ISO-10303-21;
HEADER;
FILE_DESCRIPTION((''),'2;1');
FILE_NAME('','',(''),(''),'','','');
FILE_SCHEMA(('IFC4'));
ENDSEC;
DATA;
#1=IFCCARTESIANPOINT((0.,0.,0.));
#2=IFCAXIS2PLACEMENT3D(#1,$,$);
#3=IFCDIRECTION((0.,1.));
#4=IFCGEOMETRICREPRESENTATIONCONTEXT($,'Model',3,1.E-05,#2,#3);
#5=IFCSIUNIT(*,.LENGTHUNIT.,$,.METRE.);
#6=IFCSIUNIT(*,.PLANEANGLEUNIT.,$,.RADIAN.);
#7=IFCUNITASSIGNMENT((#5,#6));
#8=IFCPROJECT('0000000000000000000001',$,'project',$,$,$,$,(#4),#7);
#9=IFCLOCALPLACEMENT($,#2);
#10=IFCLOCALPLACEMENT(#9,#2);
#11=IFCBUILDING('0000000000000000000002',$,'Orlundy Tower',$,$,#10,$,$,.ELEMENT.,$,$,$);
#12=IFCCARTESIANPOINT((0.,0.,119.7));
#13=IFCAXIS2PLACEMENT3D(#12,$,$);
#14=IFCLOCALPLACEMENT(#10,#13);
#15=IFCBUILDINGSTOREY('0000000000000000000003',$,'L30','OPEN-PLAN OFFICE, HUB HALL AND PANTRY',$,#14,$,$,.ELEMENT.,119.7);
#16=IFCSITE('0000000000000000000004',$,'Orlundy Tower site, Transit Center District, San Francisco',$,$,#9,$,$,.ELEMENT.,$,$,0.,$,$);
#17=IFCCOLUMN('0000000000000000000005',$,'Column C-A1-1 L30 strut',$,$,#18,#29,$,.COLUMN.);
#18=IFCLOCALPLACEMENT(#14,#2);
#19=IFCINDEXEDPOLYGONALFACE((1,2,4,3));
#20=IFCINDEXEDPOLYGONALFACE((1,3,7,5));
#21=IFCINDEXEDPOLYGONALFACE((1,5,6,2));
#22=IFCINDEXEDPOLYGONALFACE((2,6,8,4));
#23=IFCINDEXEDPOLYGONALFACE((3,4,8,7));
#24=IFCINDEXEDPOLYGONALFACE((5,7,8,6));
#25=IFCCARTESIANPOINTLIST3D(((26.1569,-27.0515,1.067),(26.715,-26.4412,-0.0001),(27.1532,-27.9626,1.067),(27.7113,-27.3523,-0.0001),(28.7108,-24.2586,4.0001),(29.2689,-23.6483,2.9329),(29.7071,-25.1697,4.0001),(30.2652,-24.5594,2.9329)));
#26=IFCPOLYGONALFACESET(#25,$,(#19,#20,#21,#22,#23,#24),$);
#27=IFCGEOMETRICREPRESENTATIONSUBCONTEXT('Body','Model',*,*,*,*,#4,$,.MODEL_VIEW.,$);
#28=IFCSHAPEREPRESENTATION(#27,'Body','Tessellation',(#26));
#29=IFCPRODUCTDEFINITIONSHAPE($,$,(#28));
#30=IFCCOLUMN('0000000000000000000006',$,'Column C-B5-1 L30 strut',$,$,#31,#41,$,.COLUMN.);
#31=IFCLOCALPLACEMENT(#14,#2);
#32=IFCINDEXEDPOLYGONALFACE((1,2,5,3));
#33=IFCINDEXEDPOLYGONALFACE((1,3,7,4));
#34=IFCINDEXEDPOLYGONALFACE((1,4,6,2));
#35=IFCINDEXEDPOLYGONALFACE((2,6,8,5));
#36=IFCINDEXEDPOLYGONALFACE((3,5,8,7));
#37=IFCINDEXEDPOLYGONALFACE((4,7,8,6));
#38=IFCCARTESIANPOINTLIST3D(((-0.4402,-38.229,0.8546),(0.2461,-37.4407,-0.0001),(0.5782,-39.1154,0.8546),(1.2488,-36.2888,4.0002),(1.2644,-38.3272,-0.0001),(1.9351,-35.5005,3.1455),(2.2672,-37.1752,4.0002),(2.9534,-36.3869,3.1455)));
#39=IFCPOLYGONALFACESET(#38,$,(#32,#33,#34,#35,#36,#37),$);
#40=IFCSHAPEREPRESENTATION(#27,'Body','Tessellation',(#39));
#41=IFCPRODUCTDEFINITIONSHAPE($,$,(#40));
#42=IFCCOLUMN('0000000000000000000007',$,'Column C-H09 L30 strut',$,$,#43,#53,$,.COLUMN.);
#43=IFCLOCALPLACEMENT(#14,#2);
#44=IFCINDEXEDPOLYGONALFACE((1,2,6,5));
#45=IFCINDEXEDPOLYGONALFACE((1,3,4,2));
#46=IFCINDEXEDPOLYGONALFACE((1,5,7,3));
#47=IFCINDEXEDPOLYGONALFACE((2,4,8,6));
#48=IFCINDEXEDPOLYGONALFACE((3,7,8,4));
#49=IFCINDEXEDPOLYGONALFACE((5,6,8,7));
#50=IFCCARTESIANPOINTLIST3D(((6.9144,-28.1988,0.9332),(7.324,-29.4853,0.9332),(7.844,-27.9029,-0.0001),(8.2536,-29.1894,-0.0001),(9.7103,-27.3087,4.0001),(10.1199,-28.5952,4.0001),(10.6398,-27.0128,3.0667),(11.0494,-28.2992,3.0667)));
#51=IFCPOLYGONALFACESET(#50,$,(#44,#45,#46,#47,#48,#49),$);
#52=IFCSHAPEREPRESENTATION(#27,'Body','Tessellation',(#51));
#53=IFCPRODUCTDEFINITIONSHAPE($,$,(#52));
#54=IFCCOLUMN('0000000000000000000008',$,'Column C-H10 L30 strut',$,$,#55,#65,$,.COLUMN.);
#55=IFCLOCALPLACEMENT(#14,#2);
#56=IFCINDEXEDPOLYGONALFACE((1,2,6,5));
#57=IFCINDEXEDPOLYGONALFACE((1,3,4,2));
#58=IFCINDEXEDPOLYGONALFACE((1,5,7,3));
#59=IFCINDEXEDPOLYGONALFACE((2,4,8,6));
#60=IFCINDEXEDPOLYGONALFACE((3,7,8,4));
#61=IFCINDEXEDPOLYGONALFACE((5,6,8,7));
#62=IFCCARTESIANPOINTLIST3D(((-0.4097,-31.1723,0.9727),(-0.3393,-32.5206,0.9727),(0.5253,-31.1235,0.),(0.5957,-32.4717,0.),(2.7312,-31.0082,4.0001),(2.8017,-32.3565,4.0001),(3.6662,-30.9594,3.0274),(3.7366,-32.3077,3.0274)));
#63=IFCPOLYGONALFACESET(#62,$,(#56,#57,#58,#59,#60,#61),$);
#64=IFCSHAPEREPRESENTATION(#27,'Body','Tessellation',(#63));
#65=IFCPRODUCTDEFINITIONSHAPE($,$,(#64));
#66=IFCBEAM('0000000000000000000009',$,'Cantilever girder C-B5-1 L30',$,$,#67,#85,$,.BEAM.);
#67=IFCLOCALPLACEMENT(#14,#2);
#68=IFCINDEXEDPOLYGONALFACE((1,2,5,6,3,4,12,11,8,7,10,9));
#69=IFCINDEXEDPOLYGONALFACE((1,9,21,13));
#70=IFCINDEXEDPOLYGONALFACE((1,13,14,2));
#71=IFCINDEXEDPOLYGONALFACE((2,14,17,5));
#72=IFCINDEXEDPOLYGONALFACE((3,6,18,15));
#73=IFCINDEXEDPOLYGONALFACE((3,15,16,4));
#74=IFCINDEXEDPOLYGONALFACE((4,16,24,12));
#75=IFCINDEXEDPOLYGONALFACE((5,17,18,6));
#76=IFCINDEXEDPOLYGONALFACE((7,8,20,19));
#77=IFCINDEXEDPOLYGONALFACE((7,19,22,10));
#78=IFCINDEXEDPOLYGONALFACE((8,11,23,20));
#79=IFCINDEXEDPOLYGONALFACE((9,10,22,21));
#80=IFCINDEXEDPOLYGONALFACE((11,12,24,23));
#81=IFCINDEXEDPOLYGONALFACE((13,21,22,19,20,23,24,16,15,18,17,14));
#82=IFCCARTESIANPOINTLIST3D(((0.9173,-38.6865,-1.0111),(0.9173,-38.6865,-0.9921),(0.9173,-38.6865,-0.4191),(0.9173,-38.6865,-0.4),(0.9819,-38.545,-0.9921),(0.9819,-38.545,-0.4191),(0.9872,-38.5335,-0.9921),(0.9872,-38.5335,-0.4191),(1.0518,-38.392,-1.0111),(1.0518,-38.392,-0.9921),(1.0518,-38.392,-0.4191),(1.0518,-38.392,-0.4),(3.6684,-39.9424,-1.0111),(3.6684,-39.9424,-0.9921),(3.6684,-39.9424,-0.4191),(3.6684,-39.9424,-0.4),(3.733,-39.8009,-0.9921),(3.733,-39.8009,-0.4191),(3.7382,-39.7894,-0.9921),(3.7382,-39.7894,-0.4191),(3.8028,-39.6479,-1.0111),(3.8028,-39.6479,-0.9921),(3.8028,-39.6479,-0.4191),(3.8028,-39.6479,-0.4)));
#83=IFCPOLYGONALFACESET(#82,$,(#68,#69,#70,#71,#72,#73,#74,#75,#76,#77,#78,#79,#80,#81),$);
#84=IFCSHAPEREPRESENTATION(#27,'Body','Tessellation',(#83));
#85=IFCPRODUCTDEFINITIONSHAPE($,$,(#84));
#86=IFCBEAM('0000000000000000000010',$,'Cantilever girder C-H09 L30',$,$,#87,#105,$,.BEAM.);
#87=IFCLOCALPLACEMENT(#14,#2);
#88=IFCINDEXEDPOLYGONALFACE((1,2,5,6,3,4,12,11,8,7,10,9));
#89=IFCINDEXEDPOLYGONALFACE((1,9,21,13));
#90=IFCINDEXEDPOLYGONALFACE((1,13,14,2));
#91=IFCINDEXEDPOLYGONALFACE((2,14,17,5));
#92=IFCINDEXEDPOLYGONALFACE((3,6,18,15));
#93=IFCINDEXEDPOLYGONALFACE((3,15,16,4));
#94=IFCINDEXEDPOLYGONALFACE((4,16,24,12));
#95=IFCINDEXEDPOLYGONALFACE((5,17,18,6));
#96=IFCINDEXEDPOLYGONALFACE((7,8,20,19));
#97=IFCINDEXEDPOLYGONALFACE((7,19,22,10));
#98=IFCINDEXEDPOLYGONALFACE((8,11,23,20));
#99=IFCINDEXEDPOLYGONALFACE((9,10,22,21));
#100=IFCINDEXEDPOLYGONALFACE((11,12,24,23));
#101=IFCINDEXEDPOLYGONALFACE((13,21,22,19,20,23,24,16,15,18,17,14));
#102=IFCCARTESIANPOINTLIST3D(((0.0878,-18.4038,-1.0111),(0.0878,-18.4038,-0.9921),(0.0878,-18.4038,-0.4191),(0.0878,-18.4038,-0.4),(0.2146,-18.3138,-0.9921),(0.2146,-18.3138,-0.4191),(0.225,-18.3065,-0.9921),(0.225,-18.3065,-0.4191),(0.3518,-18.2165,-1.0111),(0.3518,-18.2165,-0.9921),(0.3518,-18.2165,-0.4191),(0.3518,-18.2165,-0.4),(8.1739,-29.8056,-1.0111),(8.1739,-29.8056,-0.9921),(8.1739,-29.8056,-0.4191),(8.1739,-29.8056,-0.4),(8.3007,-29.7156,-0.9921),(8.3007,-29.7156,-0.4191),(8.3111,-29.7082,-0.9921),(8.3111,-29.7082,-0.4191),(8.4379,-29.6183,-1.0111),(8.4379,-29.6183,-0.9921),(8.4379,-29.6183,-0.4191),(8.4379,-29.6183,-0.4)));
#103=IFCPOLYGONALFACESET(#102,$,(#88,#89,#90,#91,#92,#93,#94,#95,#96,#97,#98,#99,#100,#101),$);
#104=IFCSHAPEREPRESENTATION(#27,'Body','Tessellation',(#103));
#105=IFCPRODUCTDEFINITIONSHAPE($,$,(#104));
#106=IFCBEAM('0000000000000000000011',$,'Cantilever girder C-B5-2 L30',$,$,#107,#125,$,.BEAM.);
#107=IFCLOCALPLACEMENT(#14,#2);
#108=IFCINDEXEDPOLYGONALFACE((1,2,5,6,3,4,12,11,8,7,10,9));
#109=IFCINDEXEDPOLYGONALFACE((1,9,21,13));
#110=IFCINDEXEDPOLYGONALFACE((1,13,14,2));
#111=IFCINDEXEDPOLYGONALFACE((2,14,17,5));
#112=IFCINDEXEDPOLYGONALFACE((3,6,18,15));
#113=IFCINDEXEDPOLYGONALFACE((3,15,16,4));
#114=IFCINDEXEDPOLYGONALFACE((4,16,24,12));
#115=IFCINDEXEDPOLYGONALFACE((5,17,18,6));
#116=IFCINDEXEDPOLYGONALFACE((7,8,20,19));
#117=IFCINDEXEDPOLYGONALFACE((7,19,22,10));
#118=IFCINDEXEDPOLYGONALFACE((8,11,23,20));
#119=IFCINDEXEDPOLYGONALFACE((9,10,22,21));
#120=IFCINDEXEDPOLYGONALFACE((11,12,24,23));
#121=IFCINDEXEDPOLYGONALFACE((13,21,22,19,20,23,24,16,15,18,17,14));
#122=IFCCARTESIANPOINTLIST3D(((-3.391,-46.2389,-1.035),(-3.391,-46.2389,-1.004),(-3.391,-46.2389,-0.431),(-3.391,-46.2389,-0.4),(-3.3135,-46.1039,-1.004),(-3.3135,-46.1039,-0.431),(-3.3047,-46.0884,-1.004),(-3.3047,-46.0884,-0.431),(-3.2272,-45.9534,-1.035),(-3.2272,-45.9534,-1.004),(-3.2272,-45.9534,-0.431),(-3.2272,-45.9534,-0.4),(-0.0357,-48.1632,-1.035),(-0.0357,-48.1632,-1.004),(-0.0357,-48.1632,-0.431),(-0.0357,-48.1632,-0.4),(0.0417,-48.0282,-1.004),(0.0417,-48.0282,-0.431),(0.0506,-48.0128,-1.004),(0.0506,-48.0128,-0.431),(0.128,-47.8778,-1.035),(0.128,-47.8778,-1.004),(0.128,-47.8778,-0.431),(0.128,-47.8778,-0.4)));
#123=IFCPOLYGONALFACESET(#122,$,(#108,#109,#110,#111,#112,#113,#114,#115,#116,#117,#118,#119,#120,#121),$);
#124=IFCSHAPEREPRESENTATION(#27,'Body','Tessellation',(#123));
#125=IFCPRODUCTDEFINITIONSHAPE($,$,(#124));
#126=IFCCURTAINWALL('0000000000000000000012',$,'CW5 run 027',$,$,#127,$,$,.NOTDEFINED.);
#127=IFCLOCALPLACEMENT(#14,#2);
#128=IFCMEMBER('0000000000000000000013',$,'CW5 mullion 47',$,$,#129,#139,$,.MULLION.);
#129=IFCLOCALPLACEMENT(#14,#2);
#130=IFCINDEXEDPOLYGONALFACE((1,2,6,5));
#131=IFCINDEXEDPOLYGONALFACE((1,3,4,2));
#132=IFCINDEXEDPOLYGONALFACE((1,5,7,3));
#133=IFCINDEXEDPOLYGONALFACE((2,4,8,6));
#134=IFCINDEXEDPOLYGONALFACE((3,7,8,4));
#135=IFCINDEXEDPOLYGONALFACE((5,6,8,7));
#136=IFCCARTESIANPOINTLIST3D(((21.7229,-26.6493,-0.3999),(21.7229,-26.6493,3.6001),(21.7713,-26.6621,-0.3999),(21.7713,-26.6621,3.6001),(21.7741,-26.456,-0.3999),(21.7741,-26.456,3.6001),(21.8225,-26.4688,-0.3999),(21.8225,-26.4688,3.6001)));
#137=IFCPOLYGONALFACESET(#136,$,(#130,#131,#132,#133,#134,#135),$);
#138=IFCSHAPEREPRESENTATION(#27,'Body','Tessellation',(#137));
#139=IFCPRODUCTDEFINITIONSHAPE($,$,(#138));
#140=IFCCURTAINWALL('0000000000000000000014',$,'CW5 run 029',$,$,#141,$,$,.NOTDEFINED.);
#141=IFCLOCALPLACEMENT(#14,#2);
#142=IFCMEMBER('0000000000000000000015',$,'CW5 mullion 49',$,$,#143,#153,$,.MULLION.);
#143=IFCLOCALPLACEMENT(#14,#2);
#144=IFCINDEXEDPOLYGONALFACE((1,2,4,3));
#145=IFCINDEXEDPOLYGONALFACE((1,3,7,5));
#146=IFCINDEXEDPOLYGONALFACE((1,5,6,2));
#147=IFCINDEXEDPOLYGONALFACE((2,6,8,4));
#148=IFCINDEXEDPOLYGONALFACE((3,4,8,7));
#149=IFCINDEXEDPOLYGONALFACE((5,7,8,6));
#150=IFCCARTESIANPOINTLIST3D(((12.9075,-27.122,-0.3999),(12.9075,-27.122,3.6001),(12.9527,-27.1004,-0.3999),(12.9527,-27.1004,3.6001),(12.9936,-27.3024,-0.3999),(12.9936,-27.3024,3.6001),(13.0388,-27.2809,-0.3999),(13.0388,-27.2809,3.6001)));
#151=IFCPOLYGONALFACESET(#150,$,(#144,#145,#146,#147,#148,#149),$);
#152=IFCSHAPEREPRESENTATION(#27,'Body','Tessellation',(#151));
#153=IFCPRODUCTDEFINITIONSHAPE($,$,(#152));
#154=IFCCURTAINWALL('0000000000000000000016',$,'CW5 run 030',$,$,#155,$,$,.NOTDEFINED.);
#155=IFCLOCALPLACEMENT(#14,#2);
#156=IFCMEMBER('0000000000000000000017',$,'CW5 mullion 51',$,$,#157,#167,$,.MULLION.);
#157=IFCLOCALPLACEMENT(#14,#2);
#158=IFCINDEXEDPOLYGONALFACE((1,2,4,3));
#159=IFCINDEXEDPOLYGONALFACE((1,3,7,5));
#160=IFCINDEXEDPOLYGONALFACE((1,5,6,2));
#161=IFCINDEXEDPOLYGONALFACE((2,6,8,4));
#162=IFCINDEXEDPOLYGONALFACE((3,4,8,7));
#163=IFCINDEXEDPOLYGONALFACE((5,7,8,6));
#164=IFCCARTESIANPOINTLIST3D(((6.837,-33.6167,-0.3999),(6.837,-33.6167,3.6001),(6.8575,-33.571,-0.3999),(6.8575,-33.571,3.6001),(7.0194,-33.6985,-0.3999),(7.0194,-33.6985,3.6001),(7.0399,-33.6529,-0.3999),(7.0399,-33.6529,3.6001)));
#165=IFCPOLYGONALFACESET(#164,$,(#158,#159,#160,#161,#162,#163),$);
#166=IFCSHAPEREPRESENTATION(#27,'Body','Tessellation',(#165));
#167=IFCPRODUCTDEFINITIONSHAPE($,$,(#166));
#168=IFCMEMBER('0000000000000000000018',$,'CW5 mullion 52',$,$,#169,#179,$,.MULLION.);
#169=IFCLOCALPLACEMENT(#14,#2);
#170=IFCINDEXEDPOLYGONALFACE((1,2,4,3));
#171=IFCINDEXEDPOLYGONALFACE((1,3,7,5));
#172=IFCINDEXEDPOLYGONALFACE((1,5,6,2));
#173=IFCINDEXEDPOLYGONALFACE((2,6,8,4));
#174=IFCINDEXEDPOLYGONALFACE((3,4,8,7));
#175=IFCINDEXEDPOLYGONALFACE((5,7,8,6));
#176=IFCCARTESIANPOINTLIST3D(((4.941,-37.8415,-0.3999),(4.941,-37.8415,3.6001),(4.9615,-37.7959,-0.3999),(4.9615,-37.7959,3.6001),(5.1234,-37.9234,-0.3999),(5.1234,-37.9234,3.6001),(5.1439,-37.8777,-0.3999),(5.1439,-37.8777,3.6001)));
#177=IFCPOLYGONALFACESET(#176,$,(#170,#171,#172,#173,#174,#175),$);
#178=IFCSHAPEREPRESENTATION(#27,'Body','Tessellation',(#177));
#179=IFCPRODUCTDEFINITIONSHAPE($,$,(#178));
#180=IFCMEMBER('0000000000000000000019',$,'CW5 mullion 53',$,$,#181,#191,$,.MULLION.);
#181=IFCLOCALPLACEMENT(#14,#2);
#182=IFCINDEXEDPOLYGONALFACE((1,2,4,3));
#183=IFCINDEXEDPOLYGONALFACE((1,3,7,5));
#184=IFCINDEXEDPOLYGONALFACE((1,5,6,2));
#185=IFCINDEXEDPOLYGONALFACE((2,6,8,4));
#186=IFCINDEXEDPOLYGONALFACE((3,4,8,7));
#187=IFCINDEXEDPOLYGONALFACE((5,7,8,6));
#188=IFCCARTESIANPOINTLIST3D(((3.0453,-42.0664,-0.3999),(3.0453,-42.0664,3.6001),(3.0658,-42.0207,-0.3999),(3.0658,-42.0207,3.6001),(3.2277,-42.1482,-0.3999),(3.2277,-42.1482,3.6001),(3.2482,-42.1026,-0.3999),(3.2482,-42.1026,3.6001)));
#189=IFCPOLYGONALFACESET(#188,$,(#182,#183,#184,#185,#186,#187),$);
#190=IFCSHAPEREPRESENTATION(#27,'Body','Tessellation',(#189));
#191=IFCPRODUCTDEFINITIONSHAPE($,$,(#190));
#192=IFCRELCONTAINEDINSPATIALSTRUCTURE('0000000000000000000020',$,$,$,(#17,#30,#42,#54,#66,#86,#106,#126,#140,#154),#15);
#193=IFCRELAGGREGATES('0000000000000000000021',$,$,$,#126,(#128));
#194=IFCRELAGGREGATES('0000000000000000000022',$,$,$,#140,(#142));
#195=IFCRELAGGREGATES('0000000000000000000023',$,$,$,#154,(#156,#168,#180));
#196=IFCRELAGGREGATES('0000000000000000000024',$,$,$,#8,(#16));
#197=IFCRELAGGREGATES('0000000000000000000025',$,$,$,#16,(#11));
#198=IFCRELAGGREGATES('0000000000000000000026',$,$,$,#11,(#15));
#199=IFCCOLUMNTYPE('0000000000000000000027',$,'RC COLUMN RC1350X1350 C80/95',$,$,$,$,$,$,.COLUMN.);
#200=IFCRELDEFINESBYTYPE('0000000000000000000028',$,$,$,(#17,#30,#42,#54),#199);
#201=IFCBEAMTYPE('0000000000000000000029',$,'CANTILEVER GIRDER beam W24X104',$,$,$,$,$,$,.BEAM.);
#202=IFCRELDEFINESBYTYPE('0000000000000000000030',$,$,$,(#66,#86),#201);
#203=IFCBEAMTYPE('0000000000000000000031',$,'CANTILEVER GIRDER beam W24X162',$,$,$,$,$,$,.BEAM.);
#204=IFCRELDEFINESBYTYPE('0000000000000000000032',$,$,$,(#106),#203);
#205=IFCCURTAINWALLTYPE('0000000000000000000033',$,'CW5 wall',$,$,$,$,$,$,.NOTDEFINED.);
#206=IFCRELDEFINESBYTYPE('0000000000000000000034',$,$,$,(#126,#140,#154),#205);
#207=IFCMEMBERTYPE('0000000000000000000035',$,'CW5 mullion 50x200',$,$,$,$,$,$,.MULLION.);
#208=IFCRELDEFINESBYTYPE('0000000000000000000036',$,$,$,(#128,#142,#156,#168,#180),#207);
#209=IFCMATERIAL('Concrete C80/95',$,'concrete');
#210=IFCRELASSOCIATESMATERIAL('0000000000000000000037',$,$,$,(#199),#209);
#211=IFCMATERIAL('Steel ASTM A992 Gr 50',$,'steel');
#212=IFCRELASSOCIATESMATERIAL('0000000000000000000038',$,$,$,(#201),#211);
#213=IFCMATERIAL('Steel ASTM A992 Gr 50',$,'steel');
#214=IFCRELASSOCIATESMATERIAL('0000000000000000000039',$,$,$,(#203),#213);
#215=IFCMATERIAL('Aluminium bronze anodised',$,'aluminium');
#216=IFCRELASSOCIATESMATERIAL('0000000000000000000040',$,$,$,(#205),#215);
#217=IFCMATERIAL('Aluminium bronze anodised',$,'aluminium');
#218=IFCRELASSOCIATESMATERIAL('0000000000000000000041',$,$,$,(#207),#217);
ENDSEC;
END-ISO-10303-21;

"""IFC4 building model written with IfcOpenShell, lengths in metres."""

from ifc_helpers import new_model, si_unit, direction, frame, origin, origin_2d, place, context, subcontext, project, spatial, rectangle, i_section, extrude, material, material_profile, profile_set, type_object, element, aggregate, save


model = new_model("IFC4")

# Units and contexts
model_context = context("Model", 3, precision=1e-05, world=origin(), true_north=direction((0.0, 1.0)))
body_context = subcontext(model_context, "Body", "Model", "MODEL_VIEW")
ifc_project = project(units=[si_unit("LENGTHUNIT", "METRE"), si_unit("PLANEANGLEUNIT", "RADIAN")], contexts=[model_context])

# Site, building, storey
site_placement = place(None, origin())
site = spatial("IfcSite", under=ifc_project, at=site_placement, Name="Orlundy Tower site, Transit Center District, San Francisco", CompositionType="ELEMENT", RefElevation=0.0)
building_placement = place(site_placement, origin())
building = spatial("IfcBuilding", under=site, at=building_placement, Name="Orlundy Tower", CompositionType="ELEMENT")
storey_placement = place(building_placement, frame((0.0, 0.0, 119.7)))
storey = spatial("IfcBuildingStorey", under=building, at=storey_placement, Name="L30", Description="OPEN-PLAN OFFICE, HUB HALL AND PANTRY", CompositionType="ELEMENT", Elevation=119.7)

# Columns
ifc_material_1 = material(Name="Concrete C80/95", Category="concrete")
ifc_material_profile_1 = material_profile(ifc_material_1, rectangle(XDim=1.3501, YDim=1.3501, at=origin_2d()), Name="RC1350X1350")
ifc_profile_set_1 = profile_set([ifc_material_profile_1], Name="Concrete C80/95")
column_type = type_object("IfcColumnType", Name="RC COLUMN RC1350X1350 C80/95", PredefinedType="COLUMN", material=ifc_profile_set_1)
column_1_placement = place(storey_placement, frame((26.9341, -27.2019, 0.5334), z_axis=(0.53339, 0.583307, 0.612575), x_axis=(-0.737978, 0.674824, 0.0)))
element("IfcColumn", 1, at=column_1_placement, inside=storey, type_object=column_type, Name="Column C-A1-1 L30 strut", PredefinedType="COLUMN", context=body_context, shape_type="SweptSolid", body=[
    extrude(rectangle(XDim=1.3501, YDim=1.3501, at=origin_2d()), origin(), (0.0, 0.0, 1.0), 4.7881),
])
column_2_placement = place(storey_placement, frame((0.4121, -38.2781, 0.4272), z_axis=(0.415654, 0.477479, 0.774109), x_axis=(-0.75425, 0.656587, 0.0)))
element("IfcColumn", 2, at=column_2_placement, inside=storey, type_object=column_type, Name="Column C-B5-1 L30 strut", PredefinedType="COLUMN", context=body_context, shape_type="SweptSolid", body=[
    extrude(rectangle(XDim=1.3501, YDim=1.3501, at=origin_2d()), origin(), (0.0, 0.0, 1.0), 4.0635),
])
column_3_placement = place(storey_placement, frame((7.584, -28.6941, 0.4666), z_axis=(0.658721, 0.209719, 0.722568), x_axis=(-0.303369, 0.952873, 0.0)))
element("IfcColumn", 3, at=column_3_placement, inside=storey, type_object=column_type, Name="Column C-H09 L30 strut", PredefinedType="COLUMN", context=body_context, shape_type="SweptSolid", body=[
    extrude(rectangle(XDim=1.3501, YDim=1.3501, at=origin_2d()), origin(), (0.0, 0.0, 1.0), 4.2444),
])
column_4_placement = place(storey_placement, frame((0.093, -31.822, 0.4863), z_axis=(0.71949, 0.037582, 0.693485), x_axis=(-0.052164, 0.998639, 0.0)))
element("IfcColumn", 4, at=column_4_placement, inside=storey, type_object=column_type, Name="Column C-H10 L30 strut", PredefinedType="COLUMN", context=body_context, shape_type="SweptSolid", body=[
    extrude(rectangle(XDim=1.3501, YDim=1.3501, at=origin_2d()), origin(), (0.0, 0.0, 1.0), 4.3655),
])

# Beams
ifc_material_2 = material(Name="Steel ASTM A992 Gr 50", Category="steel")
ifc_material_profile_2 = material_profile(ifc_material_2, i_section(OverallWidth=0.3237, OverallDepth=0.6111, WebThickness=0.0127, FlangeThickness=0.019, at=origin_2d()), Name="W24X104")
ifc_profile_set_2 = profile_set([ifc_material_profile_2], Name="Steel ASTM A992 Gr 50")
beam_type_1 = type_object("IfcBeamType", Name="CANTILEVER GIRDER beam W24X104", PredefinedType="BEAM", material=ifc_profile_set_2)
beam_1_placement = place(storey_placement, frame((3.7356, -39.7952, -0.7056), z_axis=(-0.909691, 0.415287, 0.0), x_axis=(-0.415287, -0.909691, 0.0)))
element("IfcBeam", 5, at=beam_1_placement, inside=storey, type_object=beam_type_1, Name="Cantilever girder C-B5-1 L30", PredefinedType="BEAM", context=body_context, shape_type="SweptSolid", body=[
    extrude(i_section(OverallWidth=0.3237, OverallDepth=0.6111, WebThickness=0.0127, FlangeThickness=0.019, at=origin_2d()), origin(), (0.0, 0.0, 1.0), 3.0242),
])
beam_2_placement = place(storey_placement, frame((8.3059, -29.7119, -0.7056), z_axis=(-0.578487, 0.815691, 0.0), x_axis=(-0.815691, -0.578487, 0.0)))
element("IfcBeam", 6, at=beam_2_placement, inside=storey, type_object=beam_type_1, Name="Cantilever girder C-H09 L30", PredefinedType="BEAM", context=body_context, shape_type="SweptSolid", body=[
    extrude(i_section(OverallWidth=0.3237, OverallDepth=0.6111, WebThickness=0.0127, FlangeThickness=0.019, at=origin_2d()), origin(), (0.0, 0.0, 1.0), 13.978),
])
ifc_material_3 = material(Name="Steel ASTM A992 Gr 50", Category="steel")
ifc_material_profile_3 = material_profile(ifc_material_3, i_section(OverallWidth=0.3291, OverallDepth=0.635, WebThickness=0.0178, FlangeThickness=0.031, at=origin_2d()), Name="W24X162")
ifc_profile_set_3 = profile_set([ifc_material_profile_3], Name="Steel ASTM A992 Gr 50")
beam_type_2 = type_object("IfcBeamType", Name="CANTILEVER GIRDER beam W24X162", PredefinedType="BEAM", material=ifc_profile_set_3)
beam_3_placement = place(storey_placement, frame((0.0461, -48.0205, -0.7175), z_axis=(-0.867457, 0.497511, 0.0), x_axis=(-0.497511, -0.867457, 0.0)))
element("IfcBeam", 7, at=beam_3_placement, inside=storey, type_object=beam_type_2, Name="Cantilever girder C-B5-2 L30", PredefinedType="BEAM", context=body_context, shape_type="SweptSolid", body=[
    extrude(i_section(OverallWidth=0.3291, OverallDepth=0.635, WebThickness=0.0178, FlangeThickness=0.031, at=origin_2d()), origin(), (0.0, 0.0, 1.0), 3.8679),
])

# Curtain walls, members
ifc_material_4 = material(Name="Aluminium bronze anodised", Category="aluminium")
curtain_wall_type = type_object("IfcCurtainWallType", Name="CW5 wall", PredefinedType="NOTDEFINED", material=ifc_material_4)
curtain_wall_1_placement = place(storey_placement, origin())
curtain_wall_1 = element("IfcCurtainWall", 8, at=curtain_wall_1_placement, inside=storey, type_object=curtain_wall_type, Name="CW5 run 027", PredefinedType="NOTDEFINED")
ifc_material_5 = material(Name="Aluminium bronze anodised", Category="aluminium")
ifc_material_profile_4 = material_profile(ifc_material_5, rectangle(XDim=0.2, YDim=0.05, at=origin_2d()), Name="CW5 mullion 50x200")
ifc_profile_set_4 = profile_set([ifc_material_profile_4], Name="Aluminium bronze anodised")
member_type_1 = type_object("IfcMemberType", Name="CW5 mullion 50x200", PredefinedType="MULLION", material=ifc_profile_set_4)
member_1_placement = place(storey_placement, frame((21.7727, -26.5591, -0.3999), z_axis=(0.0, 0.0, 1.0), x_axis=(-0.256011, -0.966674, 0.0)))
member_1 = element("IfcMember", 9, at=member_1_placement, type_object=member_type_1, Name="CW5 mullion 47", PredefinedType="MULLION", context=body_context, shape_type="SweptSolid", body=[
    extrude(rectangle(XDim=0.2, YDim=0.05, at=origin_2d()), origin(), (0.0, 0.0, 1.0), 4.0),
])
curtain_wall_2_placement = place(storey_placement, origin())
curtain_wall_2 = element("IfcCurtainWall", 10, at=curtain_wall_2_placement, inside=storey, type_object=curtain_wall_type, Name="CW5 run 029", PredefinedType="NOTDEFINED")
member_2_placement = place(storey_placement, frame((12.9731, -27.2014, -0.3999), z_axis=(0.0, 0.0, 1.0), x_axis=(0.430525, -0.902579, 0.0)))
member_2 = element("IfcMember", 11, at=member_2_placement, type_object=member_type_1, Name="CW5 mullion 49", PredefinedType="MULLION", context=body_context, shape_type="SweptSolid", body=[
    extrude(rectangle(XDim=0.2, YDim=0.05, at=origin_2d()), origin(), (0.0, 0.0, 1.0), 4.0),
])

# Curtain wall, members
curtain_wall_3_placement = place(storey_placement, origin())
curtain_wall_3 = element("IfcCurtainWall", 12, at=curtain_wall_3_placement, inside=storey, type_object=curtain_wall_type, Name="CW5 run 030", PredefinedType="NOTDEFINED")
member_3_placement = place(storey_placement, frame((6.9385, -33.6348, -0.3999), z_axis=(0.0, 0.0, 1.0), x_axis=(0.912353, -0.409405, 0.0)))
member_3 = element("IfcMember", 13, at=member_3_placement, type_object=member_type_1, Name="CW5 mullion 51", PredefinedType="MULLION", context=body_context, shape_type="SweptSolid", body=[
    extrude(rectangle(XDim=0.2, YDim=0.05, at=origin_2d()), origin(), (0.0, 0.0, 1.0), 4.0),
])
member_4_placement = place(storey_placement, frame((5.0425, -37.8596, -0.3999), z_axis=(0.0, 0.0, 1.0), x_axis=(0.912353, -0.409405, 0.0)))
member_4 = element("IfcMember", 14, at=member_4_placement, type_object=member_type_1, Name="CW5 mullion 52", PredefinedType="MULLION", context=body_context, shape_type="SweptSolid", body=[
    extrude(rectangle(XDim=0.2, YDim=0.05, at=origin_2d()), origin(), (0.0, 0.0, 1.0), 4.0),
])
member_5_placement = place(storey_placement, frame((3.1467, -42.0845, -0.3999), z_axis=(0.0, 0.0, 1.0), x_axis=(0.912353, -0.409405, 0.0)))
member_5 = element("IfcMember", 15, at=member_5_placement, type_object=member_type_1, Name="CW5 mullion 53", PredefinedType="MULLION", context=body_context, shape_type="SweptSolid", body=[
    extrude(rectangle(XDim=0.2, YDim=0.05, at=origin_2d()), origin(), (0.0, 0.0, 1.0), 4.0),
])

aggregate(curtain_wall_1, [member_1])
aggregate(curtain_wall_2, [member_2])
aggregate(curtain_wall_3, [member_3, member_4, member_5])

save(model, "model.ifc")
